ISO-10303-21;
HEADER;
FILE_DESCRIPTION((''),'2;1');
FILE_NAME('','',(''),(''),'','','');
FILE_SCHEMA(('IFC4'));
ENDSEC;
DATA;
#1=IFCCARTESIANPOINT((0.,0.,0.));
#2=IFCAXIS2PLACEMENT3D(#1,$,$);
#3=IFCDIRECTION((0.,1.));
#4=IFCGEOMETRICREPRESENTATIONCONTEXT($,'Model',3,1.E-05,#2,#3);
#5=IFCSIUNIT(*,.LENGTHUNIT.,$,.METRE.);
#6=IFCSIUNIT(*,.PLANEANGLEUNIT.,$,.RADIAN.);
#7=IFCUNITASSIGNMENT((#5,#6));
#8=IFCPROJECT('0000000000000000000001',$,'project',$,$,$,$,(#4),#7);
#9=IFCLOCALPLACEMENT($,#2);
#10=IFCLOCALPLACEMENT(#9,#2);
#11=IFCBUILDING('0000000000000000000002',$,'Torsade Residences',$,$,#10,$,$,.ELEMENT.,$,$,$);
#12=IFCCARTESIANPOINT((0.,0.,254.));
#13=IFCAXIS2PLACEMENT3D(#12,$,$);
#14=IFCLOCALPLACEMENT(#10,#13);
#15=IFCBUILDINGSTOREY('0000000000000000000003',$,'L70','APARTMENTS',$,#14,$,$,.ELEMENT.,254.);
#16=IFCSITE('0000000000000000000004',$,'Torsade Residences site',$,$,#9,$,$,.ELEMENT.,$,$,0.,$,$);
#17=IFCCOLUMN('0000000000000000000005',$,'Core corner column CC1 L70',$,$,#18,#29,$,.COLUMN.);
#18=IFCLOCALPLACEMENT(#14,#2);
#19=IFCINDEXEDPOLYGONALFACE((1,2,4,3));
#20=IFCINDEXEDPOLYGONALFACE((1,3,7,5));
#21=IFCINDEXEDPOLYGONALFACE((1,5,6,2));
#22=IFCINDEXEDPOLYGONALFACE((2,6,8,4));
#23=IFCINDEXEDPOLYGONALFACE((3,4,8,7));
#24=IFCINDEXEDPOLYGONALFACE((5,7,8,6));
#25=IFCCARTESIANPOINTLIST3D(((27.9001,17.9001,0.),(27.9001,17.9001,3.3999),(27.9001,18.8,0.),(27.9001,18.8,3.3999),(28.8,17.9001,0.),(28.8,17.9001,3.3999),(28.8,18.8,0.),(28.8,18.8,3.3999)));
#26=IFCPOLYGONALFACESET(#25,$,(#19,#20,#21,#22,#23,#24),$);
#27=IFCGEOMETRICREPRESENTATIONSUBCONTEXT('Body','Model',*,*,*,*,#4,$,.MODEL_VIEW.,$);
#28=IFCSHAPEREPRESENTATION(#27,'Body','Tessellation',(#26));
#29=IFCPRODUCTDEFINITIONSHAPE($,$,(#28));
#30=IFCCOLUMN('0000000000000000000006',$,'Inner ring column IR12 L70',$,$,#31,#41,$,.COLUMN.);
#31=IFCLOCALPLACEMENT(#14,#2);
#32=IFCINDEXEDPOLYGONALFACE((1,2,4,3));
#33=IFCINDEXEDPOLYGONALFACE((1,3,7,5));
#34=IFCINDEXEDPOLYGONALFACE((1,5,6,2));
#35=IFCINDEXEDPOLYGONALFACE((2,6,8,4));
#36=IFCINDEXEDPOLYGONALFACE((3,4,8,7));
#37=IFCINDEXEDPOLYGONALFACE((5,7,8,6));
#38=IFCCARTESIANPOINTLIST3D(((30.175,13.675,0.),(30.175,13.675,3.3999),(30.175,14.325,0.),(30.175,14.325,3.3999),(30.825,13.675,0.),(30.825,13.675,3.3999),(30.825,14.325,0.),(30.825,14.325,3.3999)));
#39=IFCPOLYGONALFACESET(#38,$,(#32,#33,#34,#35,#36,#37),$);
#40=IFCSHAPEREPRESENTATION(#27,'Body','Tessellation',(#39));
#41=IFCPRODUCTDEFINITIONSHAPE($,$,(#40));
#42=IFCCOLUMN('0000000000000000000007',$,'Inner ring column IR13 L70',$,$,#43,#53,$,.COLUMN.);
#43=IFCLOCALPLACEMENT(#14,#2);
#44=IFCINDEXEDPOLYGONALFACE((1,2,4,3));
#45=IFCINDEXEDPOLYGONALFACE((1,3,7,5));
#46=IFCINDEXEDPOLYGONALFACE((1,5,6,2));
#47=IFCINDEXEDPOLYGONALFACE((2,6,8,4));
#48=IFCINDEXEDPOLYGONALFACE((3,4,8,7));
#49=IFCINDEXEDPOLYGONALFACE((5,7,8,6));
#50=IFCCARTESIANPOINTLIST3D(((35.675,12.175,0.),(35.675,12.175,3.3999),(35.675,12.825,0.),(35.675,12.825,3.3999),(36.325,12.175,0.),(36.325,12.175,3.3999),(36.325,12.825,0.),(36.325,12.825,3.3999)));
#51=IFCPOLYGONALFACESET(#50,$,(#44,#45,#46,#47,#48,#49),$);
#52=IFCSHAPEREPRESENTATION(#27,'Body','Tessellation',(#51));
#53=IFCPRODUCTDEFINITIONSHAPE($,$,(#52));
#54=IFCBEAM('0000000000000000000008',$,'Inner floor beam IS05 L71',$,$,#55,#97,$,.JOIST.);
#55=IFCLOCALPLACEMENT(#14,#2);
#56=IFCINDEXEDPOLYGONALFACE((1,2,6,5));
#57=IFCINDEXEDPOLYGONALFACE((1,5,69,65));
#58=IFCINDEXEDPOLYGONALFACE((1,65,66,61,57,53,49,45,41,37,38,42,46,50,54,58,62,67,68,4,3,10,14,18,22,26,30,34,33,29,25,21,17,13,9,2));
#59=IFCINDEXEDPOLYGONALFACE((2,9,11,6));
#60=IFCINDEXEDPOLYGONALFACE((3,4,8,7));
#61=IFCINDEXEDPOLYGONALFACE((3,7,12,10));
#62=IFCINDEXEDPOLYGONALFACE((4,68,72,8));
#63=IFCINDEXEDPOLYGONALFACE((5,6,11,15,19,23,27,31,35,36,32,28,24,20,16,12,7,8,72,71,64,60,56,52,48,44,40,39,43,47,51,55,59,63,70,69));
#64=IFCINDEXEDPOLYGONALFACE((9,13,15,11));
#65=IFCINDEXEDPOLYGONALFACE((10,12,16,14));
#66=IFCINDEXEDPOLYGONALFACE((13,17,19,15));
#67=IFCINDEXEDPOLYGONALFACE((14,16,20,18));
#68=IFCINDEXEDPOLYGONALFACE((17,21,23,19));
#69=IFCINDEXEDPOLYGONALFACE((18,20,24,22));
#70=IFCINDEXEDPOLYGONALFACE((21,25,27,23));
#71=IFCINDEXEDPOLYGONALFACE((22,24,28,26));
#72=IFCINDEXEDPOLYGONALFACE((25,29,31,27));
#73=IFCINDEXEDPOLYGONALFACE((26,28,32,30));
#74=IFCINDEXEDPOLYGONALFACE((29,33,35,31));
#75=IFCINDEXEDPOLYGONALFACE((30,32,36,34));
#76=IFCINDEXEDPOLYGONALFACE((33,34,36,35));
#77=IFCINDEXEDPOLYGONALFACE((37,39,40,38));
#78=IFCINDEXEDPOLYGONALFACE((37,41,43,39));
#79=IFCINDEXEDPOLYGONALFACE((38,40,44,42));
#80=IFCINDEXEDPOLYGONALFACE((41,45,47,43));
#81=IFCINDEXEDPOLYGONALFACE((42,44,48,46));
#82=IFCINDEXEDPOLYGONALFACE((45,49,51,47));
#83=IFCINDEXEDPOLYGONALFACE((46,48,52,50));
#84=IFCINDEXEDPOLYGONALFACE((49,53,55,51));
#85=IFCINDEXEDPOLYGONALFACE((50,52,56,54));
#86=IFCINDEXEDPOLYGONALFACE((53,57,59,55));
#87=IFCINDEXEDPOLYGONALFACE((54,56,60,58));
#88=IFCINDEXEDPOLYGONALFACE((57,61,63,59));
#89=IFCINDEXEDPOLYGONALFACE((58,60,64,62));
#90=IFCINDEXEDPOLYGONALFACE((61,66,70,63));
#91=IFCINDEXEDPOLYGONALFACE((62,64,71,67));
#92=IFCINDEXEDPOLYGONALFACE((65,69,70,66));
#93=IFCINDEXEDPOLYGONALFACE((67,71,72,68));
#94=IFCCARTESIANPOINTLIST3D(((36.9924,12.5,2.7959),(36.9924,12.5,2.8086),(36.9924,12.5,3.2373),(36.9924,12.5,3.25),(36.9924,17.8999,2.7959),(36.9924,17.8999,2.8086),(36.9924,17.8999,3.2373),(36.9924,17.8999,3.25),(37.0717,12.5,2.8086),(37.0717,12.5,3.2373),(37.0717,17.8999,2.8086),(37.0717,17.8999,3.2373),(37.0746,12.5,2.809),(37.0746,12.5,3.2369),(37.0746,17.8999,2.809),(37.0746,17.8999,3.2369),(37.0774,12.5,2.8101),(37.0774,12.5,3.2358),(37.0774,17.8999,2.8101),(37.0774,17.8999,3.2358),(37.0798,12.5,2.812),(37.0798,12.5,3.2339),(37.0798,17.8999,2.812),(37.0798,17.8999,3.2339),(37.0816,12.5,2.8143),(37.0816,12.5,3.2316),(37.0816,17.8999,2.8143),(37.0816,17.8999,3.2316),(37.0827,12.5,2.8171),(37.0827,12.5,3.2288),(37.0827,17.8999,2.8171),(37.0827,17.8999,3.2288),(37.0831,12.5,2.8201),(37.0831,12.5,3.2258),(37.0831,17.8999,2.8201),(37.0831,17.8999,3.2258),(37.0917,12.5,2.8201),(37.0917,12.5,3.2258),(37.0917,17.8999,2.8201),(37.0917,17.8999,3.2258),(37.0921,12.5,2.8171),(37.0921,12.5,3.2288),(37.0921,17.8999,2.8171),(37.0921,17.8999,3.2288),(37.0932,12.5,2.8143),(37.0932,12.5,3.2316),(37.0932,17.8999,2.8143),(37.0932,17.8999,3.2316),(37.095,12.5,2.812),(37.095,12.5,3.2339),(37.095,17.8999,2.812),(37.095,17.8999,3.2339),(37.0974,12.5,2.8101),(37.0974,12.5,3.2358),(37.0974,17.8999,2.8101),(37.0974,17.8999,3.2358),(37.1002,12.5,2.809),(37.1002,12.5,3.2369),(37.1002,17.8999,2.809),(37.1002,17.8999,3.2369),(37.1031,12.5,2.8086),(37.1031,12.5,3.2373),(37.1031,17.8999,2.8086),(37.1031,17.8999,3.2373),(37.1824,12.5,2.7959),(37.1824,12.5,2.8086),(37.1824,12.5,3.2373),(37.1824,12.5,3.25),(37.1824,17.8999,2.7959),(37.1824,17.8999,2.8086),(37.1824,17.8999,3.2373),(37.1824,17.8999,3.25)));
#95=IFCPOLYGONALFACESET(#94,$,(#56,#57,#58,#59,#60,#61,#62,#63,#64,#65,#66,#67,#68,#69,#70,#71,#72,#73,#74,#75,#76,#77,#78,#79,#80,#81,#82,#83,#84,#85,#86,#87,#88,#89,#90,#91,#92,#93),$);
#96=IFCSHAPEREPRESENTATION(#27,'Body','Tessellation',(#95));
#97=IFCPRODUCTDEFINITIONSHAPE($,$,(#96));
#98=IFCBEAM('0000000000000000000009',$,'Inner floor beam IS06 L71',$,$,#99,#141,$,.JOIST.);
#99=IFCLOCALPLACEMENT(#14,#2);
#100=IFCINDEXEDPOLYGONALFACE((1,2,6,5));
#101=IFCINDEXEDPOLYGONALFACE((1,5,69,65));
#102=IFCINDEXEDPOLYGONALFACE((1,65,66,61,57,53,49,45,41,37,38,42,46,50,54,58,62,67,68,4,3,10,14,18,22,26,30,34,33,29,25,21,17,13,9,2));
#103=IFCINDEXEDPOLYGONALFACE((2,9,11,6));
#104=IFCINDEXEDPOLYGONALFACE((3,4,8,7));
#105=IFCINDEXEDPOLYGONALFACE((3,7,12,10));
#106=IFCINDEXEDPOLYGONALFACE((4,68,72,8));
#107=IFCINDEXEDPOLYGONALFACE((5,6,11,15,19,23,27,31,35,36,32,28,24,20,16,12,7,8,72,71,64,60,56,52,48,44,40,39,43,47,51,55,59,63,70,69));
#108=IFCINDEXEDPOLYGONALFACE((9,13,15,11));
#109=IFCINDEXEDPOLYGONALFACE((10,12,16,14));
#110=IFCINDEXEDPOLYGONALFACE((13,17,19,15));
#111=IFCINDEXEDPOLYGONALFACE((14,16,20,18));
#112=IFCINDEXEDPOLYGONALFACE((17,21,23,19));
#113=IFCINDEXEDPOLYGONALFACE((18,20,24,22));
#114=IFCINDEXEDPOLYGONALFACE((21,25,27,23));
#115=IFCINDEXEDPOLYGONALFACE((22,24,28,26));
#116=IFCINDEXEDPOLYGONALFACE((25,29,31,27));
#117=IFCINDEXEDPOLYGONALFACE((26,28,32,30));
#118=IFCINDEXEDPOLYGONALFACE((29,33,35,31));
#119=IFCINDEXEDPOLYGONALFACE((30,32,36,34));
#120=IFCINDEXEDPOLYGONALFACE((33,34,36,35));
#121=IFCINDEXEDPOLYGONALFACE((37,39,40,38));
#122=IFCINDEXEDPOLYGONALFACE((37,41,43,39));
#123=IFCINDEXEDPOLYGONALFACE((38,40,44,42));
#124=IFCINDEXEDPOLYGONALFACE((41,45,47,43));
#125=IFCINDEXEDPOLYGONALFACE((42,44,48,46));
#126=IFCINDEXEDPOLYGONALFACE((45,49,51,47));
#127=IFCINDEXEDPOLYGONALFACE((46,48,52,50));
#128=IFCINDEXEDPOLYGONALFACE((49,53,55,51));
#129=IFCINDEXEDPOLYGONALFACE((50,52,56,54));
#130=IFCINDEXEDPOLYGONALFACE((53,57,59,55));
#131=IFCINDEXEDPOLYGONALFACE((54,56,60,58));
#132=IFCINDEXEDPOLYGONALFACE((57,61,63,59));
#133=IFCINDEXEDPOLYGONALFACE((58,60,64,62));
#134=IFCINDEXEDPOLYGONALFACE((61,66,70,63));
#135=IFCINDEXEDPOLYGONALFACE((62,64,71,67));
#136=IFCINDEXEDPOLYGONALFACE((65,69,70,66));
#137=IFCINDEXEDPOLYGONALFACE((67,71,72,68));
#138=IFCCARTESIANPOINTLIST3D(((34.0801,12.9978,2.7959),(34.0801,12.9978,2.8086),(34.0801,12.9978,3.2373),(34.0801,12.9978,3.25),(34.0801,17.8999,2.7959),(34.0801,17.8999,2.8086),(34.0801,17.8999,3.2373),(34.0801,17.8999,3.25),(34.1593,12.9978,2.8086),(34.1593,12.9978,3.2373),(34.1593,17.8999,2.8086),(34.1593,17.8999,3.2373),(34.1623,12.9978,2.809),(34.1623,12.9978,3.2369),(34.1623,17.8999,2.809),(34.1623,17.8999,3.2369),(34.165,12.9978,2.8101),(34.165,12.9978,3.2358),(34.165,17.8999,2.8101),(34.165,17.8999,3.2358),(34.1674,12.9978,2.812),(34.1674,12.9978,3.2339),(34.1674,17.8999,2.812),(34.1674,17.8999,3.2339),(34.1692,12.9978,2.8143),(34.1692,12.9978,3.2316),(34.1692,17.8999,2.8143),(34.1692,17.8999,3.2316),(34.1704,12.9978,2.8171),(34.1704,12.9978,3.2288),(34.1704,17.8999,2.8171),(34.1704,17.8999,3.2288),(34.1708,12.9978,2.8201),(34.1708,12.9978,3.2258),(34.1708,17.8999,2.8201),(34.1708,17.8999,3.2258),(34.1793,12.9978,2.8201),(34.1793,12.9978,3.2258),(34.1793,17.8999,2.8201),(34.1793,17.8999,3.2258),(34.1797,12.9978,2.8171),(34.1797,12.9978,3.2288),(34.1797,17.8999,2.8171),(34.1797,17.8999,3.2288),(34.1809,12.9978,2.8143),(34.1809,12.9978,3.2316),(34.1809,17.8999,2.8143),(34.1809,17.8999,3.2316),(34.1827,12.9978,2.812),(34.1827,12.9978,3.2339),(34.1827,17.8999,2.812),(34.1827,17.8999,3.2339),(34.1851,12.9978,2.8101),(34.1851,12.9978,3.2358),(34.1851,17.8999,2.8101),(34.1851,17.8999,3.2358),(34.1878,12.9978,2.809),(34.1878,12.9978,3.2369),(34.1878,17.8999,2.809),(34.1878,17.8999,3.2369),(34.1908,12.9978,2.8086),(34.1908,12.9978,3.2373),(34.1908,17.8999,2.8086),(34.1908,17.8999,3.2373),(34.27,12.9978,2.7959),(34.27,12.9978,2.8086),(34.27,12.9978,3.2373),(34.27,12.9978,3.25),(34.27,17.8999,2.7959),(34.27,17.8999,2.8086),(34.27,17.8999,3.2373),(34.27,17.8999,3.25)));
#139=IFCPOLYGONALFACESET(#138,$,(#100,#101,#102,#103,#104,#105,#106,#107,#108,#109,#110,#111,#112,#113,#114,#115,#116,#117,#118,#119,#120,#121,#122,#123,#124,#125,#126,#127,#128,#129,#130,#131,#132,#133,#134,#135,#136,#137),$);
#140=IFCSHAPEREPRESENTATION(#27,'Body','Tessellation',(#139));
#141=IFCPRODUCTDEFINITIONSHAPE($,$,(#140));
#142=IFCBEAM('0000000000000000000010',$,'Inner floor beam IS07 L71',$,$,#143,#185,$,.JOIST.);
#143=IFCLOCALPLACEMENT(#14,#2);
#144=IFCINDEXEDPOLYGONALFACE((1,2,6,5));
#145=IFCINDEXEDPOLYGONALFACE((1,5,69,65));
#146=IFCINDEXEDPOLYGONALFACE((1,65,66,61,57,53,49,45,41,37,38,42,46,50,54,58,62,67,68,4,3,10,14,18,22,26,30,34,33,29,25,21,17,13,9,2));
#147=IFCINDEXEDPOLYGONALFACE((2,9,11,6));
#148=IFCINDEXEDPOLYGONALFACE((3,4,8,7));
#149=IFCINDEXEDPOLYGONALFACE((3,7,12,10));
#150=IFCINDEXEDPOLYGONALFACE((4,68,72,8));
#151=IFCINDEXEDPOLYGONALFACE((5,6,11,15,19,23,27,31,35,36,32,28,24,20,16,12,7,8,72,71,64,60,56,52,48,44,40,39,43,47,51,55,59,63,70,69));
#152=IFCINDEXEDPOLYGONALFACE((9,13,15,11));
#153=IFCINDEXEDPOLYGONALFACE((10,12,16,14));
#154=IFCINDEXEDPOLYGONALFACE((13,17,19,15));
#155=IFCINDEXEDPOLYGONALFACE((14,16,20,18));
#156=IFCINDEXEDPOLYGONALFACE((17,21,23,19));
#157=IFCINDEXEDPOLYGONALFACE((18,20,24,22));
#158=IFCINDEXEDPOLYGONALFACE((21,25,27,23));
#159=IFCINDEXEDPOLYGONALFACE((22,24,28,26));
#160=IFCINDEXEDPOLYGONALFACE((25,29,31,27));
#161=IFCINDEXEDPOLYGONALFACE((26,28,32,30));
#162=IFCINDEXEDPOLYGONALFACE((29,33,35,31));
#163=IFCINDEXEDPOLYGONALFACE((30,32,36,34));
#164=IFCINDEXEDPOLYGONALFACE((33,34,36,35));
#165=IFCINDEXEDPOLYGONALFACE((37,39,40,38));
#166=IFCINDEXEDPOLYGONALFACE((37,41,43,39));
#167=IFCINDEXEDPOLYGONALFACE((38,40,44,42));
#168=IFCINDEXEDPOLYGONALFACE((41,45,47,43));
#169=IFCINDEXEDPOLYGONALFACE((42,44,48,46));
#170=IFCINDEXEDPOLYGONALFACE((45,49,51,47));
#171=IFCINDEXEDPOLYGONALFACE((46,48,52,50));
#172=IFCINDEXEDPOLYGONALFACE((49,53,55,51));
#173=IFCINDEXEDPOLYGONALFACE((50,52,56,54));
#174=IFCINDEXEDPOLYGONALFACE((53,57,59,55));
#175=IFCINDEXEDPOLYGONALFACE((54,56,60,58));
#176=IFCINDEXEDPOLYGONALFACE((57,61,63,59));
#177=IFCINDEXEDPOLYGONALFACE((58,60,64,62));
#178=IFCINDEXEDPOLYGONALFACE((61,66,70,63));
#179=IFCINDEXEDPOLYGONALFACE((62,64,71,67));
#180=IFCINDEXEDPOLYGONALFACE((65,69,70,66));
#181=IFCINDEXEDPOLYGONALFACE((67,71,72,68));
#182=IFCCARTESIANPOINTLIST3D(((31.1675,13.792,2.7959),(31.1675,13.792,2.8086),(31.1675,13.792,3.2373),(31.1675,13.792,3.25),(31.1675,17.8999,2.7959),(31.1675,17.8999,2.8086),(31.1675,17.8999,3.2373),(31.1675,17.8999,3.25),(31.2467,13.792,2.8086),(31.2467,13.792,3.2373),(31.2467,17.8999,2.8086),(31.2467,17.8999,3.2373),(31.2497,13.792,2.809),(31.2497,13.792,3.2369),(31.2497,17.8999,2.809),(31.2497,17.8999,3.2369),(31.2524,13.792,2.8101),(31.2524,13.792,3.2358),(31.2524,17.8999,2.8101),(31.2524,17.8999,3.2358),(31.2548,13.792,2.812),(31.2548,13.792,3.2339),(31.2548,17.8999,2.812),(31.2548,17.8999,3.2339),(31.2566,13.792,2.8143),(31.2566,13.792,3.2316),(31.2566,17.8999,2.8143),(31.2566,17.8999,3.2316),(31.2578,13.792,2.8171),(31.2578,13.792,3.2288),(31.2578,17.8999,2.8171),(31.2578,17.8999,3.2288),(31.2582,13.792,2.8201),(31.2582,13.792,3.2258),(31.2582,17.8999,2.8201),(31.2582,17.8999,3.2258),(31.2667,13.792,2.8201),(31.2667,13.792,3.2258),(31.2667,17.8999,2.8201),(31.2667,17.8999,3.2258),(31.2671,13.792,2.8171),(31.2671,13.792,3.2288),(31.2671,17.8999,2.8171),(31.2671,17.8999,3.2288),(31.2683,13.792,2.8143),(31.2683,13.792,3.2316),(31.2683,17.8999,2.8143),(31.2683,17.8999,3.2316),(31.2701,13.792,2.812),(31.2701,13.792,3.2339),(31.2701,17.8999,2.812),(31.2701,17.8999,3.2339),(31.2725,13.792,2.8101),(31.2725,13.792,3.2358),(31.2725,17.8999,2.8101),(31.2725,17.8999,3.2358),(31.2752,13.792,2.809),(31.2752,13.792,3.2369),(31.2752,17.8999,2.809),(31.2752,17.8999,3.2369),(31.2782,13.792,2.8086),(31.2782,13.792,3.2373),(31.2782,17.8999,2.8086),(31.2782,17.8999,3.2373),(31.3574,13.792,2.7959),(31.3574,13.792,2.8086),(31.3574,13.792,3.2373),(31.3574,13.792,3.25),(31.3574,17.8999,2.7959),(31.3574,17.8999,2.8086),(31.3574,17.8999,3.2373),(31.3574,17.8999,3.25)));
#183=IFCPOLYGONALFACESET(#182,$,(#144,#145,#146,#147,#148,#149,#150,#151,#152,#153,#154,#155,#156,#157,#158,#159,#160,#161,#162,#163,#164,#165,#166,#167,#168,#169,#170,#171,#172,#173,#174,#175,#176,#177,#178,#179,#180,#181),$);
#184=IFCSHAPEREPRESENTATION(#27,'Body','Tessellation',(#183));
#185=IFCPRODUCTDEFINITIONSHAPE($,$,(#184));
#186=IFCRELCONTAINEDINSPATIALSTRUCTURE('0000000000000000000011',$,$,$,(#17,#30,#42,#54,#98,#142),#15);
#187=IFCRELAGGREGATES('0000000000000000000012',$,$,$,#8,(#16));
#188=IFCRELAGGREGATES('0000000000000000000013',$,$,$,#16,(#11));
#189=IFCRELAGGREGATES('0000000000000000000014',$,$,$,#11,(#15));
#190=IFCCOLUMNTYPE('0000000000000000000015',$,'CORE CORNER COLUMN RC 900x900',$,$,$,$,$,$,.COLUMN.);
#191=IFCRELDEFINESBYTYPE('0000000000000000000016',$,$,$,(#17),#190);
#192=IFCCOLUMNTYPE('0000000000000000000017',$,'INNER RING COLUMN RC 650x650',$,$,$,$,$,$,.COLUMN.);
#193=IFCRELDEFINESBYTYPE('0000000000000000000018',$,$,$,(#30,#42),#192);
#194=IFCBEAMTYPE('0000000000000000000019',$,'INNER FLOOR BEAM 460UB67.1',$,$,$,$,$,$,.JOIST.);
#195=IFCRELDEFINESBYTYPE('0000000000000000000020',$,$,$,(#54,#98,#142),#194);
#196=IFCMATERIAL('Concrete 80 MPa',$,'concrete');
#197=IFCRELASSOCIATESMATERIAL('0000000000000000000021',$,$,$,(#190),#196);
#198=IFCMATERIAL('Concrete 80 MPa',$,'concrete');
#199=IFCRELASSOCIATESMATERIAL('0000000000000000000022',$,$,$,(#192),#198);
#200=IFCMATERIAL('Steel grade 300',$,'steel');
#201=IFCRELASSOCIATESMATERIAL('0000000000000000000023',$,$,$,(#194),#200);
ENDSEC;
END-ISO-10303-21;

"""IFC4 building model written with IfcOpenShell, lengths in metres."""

from ifc_helpers import new_model, si_unit, direction, frame, origin, origin_2d, place, context, subcontext, project, spatial, rectangle, i_section, extrude, material, material_profile, profile_set, type_object, element, save


model = new_model("IFC4")

# Units and contexts
model_context = context("Model", 3, precision=1e-05, world=origin(), true_north=direction((0.0, 1.0)))
body_context = subcontext(model_context, "Body", "Model", "MODEL_VIEW")
ifc_project = project(units=[si_unit("LENGTHUNIT", "METRE"), si_unit("PLANEANGLEUNIT", "RADIAN")], contexts=[model_context])

# Site, building, storey
site_placement = place(None, origin())
site = spatial("IfcSite", under=ifc_project, at=site_placement, Name="Torsade Residences site", CompositionType="ELEMENT", RefElevation=0.0)
building_placement = place(site_placement, origin())
building = spatial("IfcBuilding", under=site, at=building_placement, Name="Torsade Residences", CompositionType="ELEMENT")
storey_placement = place(building_placement, frame((0.0, 0.0, 254.0)))
storey = spatial("IfcBuildingStorey", under=building, at=storey_placement, Name="L70", Description="APARTMENTS", CompositionType="ELEMENT", Elevation=254.0)

# Columns
ifc_material_1 = material(Name="Concrete 80 MPa", Category="concrete")
ifc_material_profile_1 = material_profile(ifc_material_1, rectangle(XDim=0.8999, YDim=0.8999, at=origin_2d()), Name="RC 900x900")
ifc_profile_set_1 = profile_set([ifc_material_profile_1], Name="Concrete 80 MPa")
column_type_1 = type_object("IfcColumnType", Name="CORE CORNER COLUMN RC 900x900", PredefinedType="COLUMN", material=ifc_profile_set_1)
column_placement = place(storey_placement, frame((28.3501, 18.3501, 0.0), z_axis=(0.0, 0.0, 1.0), x_axis=(1.0, 0.0, 0.0)))
element("IfcColumn", 1, at=column_placement, inside=storey, type_object=column_type_1, Name="Core corner column CC1 L70", PredefinedType="COLUMN", context=body_context, shape_type="SweptSolid", body=[
    extrude(rectangle(XDim=0.8999, YDim=0.8999, at=origin_2d()), origin(), (0.0, 0.0, 1.0), 3.3999),
])
ifc_material_2 = material(Name="Concrete 80 MPa", Category="concrete")
ifc_material_profile_2 = material_profile(ifc_material_2, rectangle(XDim=0.6499, YDim=0.6499, at=origin_2d()), Name="RC 650x650")
ifc_profile_set_2 = profile_set([ifc_material_profile_2], Name="Concrete 80 MPa")
column_type_2 = type_object("IfcColumnType", Name="INNER RING COLUMN RC 650x650", PredefinedType="COLUMN", material=ifc_profile_set_2)
for number, where, z_axis, x_axis, name in (
    (2, (30.5, 14.0, 0.0), (0.0, 0.0, 1.0), (1.0, 0.0, 0.0), "Inner ring column IR12 L70"),
    (3, (36.0, 12.5, 0.0), (0.0, 0.0, 1.0), (1.0, 0.0, 0.0), "Inner ring column IR13 L70"),
):
    element("IfcColumn", number, at=place(storey_placement, frame(where, z_axis=z_axis, x_axis=x_axis)), inside=storey, type_object=column_type_2, Name=name, PredefinedType="COLUMN", context=body_context, shape_type="SweptSolid", body=[
        extrude(rectangle(XDim=0.6499, YDim=0.6499, at=origin_2d()), origin(), (0.0, 0.0, 1.0), 3.3999),
    ])

# Beams
ifc_material_3 = material(Name="Steel grade 300", Category="steel")
ifc_material_profile_3 = material_profile(ifc_material_3, i_section(OverallWidth=0.1899, OverallDepth=0.4541, WebThickness=0.0085, FlangeThickness=0.0127, FilletRadius=0.0115, at=origin_2d()), Name="460UB67.1")
ifc_profile_set_3 = profile_set([ifc_material_profile_3], Name="Steel grade 300")
beam_type_1 = type_object("IfcBeamType", Name="INNER FLOOR BEAM 460UB67.1", PredefinedType="JOIST", material=ifc_profile_set_3)
beam_1_placement = place(storey_placement, frame((37.0874, 17.8999, 3.0229), z_axis=(0.0, -1.0, 0.0), x_axis=(1.0, 0.0, 0.0)))
element("IfcBeam", 4, at=beam_1_placement, inside=storey, type_object=beam_type_1, Name="Inner floor beam IS05 L71", PredefinedType="JOIST", context=body_context, shape_type="SweptSolid", body=[
    extrude(i_section(OverallWidth=0.1899, OverallDepth=0.4541, WebThickness=0.0085, FlangeThickness=0.0127, FilletRadius=0.0115, at=origin_2d()), origin(), (0.0, 0.0, 1.0), 5.3999),
])
beam_2_placement = place(storey_placement, frame((34.175, 17.8999, 3.0229), z_axis=(0.0, -1.0, 0.0), x_axis=(1.0, 0.0, 0.0)))
element("IfcBeam", 5, at=beam_2_placement, inside=storey, type_object=beam_type_1, Name="Inner floor beam IS06 L71", PredefinedType="JOIST", context=body_context, shape_type="SweptSolid", body=[
    extrude(i_section(OverallWidth=0.1899, OverallDepth=0.4541, WebThickness=0.0085, FlangeThickness=0.0127, FilletRadius=0.0115, at=origin_2d()), origin(), (0.0, 0.0, 1.0), 4.9021),
])
beam_3_placement = place(storey_placement, frame((31.2625, 17.8999, 3.0229), z_axis=(0.0, -1.0, 0.0), x_axis=(1.0, 0.0, 0.0)))
element("IfcBeam", 6, at=beam_3_placement, inside=storey, type_object=beam_type_1, Name="Inner floor beam IS07 L71", PredefinedType="JOIST", context=body_context, shape_type="SweptSolid", body=[
    extrude(i_section(OverallWidth=0.1899, OverallDepth=0.4541, WebThickness=0.0085, FlangeThickness=0.0127, FilletRadius=0.0115, at=origin_2d()), origin(), (0.0, 0.0, 1.0), 4.1079),
])

save(model, "model.ifc")
